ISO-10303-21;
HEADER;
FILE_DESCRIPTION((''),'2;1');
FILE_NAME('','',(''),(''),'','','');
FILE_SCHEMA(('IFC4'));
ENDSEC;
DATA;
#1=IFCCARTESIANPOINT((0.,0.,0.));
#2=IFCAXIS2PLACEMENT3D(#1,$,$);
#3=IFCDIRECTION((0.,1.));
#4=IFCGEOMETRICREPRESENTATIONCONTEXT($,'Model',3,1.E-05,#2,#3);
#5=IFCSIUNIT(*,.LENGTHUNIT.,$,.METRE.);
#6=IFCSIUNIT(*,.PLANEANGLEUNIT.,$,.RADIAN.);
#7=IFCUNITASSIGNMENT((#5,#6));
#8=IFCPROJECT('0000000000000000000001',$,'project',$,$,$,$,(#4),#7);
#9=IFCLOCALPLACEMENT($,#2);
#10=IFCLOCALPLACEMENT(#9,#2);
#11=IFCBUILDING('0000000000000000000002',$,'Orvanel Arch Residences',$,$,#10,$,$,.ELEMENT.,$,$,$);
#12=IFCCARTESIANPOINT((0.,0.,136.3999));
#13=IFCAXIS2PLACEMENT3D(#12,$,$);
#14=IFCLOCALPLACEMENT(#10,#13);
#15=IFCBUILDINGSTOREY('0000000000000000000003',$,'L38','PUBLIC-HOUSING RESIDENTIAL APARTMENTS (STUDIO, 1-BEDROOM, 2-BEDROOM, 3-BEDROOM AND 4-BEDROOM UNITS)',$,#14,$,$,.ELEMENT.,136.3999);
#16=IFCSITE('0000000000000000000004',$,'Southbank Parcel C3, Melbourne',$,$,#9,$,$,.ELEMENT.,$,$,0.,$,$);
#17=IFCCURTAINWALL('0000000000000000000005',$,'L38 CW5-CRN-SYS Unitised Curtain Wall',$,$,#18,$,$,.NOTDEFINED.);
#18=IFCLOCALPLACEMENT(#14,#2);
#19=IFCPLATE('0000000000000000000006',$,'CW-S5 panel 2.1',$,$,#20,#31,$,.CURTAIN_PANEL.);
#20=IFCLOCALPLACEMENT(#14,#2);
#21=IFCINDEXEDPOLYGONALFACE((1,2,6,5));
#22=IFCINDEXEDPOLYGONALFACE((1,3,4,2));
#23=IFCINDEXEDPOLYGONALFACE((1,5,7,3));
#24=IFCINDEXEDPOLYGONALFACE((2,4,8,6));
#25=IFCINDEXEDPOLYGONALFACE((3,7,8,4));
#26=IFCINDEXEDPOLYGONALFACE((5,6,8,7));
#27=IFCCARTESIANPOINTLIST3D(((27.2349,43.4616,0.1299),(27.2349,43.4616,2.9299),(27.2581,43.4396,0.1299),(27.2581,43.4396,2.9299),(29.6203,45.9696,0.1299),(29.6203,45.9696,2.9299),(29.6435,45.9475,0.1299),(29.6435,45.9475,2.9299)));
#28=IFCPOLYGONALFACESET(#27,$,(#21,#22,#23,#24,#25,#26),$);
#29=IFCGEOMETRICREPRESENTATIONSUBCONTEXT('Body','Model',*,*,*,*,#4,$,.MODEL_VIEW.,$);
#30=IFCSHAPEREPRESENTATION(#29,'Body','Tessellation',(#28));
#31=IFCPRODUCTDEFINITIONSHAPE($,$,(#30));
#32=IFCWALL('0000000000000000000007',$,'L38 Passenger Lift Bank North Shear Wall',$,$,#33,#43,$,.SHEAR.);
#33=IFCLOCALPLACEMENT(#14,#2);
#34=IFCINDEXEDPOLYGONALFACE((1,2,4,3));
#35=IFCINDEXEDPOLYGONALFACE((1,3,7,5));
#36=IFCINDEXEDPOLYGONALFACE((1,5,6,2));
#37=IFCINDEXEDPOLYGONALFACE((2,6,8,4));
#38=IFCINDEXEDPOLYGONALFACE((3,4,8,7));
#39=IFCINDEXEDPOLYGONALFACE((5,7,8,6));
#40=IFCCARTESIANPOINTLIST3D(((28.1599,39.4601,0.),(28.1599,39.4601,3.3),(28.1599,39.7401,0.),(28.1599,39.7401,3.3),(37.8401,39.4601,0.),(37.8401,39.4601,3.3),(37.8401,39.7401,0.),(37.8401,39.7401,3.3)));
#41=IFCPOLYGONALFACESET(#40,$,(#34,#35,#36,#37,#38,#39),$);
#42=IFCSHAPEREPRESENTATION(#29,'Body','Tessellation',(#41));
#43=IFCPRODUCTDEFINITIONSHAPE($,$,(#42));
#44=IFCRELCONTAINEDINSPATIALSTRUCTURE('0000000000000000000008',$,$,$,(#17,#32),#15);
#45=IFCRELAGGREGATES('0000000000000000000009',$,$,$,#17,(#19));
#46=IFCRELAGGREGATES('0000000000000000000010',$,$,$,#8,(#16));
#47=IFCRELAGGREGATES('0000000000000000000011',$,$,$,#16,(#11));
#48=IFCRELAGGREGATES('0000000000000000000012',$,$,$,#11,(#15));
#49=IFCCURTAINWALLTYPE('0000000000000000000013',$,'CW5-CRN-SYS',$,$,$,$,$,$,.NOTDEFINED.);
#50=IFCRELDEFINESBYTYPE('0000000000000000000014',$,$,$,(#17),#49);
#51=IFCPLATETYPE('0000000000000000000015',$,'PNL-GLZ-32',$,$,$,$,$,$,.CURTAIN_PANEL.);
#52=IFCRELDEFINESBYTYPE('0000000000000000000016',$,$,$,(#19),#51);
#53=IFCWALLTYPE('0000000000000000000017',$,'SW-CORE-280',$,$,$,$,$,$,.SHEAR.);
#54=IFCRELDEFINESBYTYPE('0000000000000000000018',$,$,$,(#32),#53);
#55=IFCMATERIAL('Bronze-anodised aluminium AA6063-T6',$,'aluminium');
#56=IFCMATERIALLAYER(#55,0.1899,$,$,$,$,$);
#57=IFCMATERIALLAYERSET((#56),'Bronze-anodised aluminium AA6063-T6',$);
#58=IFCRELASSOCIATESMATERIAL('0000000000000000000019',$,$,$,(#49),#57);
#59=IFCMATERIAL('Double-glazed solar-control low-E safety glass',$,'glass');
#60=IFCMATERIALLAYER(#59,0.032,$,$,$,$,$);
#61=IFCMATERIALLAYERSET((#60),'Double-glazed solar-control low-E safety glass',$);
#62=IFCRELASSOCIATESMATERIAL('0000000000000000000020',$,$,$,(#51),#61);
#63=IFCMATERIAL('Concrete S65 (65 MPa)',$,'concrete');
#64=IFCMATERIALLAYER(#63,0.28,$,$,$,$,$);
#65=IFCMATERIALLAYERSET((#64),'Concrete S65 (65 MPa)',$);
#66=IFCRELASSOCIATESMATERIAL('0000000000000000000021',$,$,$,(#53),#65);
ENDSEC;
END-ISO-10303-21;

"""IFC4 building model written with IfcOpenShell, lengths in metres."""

from ifc_helpers import new_model, si_unit, direction, frame, frame_2d, origin, origin_2d, place, context, subcontext, project, spatial, rectangle, extrude, material, layer, layer_set, type_object, element, aggregate, save


model = new_model("IFC4")

# Units and contexts
model_context = context("Model", 3, precision=1e-05, world=origin(), true_north=direction((0.0, 1.0)))
body_context = subcontext(model_context, "Body", "Model", "MODEL_VIEW")
ifc_project = project(units=[si_unit("LENGTHUNIT", "METRE"), si_unit("PLANEANGLEUNIT", "RADIAN")], contexts=[model_context])

# Site, building, storey
site_placement = place(None, origin())
site = spatial("IfcSite", under=ifc_project, at=site_placement, Name="Southbank Parcel C3, Melbourne", CompositionType="ELEMENT", RefElevation=0.0)
building_placement = place(site_placement, origin())
building = spatial("IfcBuilding", under=site, at=building_placement, Name="Orvanel Arch Residences", CompositionType="ELEMENT")
storey_placement = place(building_placement, frame((0.0, 0.0, 136.3999)))
storey = spatial("IfcBuildingStorey", under=building, at=storey_placement, Name="L38", Description="PUBLIC-HOUSING RESIDENTIAL APARTMENTS (STUDIO, 1-BEDROOM, 2-BEDROOM, 3-BEDROOM AND 4-BEDROOM UNITS)", CompositionType="ELEMENT", Elevation=136.3999)

# Shared definitions
ifc_material_1 = material(Name="Bronze-anodised aluminium AA6063-T6", Category="aluminium")
ifc_layer_1 = layer(ifc_material_1, 0.1899)
ifc_layer_set_1 = layer_set([ifc_layer_1], Name="Bronze-anodised aluminium AA6063-T6")
curtain_wall_type_1 = type_object("IfcCurtainWallType", Name="CW5-CRN-SYS", PredefinedType="NOTDEFINED", material=ifc_layer_set_1)

# Curtain wall
curtain_wall_1_placement = place(storey_placement, origin())
curtain_wall_1 = element("IfcCurtainWall", 1, at=curtain_wall_1_placement, inside=storey, type_object=curtain_wall_type_1, Name="L38 CW5-CRN-SYS Unitised Curtain Wall", PredefinedType="NOTDEFINED")

# Plate
ifc_material_2 = material(Name="Double-glazed solar-control low-E safety glass", Category="glass")
ifc_layer_2 = layer(ifc_material_2, 0.032)
ifc_layer_set_2 = layer_set([ifc_layer_2], Name="Double-glazed solar-control low-E safety glass")
plate_type_1 = type_object("IfcPlateType", Name="PNL-GLZ-32", PredefinedType="CURTAIN_PANEL", material=ifc_layer_set_2)
plate_1_placement = place(storey_placement, frame((28.4392, 44.7046, 0.1299), z_axis=(0.0, 0.0, 1.0), x_axis=(-0.689184, -0.724586, 0.0)))
plate_1 = element("IfcPlate", 2, at=plate_1_placement, type_object=plate_type_1, Name="CW-S5 panel 2.1", PredefinedType="CURTAIN_PANEL", context=body_context, shape_type="SweptSolid", body=[
    extrude(rectangle(XDim=3.4612, YDim=0.032, at=origin_2d()), origin(), (0.0, 0.0, 1.0), 2.8),
])
aggregate(curtain_wall_1, [plate_1])

# Wall
ifc_material_3 = material(Name="Concrete S65 (65 MPa)", Category="concrete")
ifc_layer_3 = layer(ifc_material_3, 0.28)
ifc_layer_set_3 = layer_set([ifc_layer_3], Name="Concrete S65 (65 MPa)")
wall_type = type_object("IfcWallType", Name="SW-CORE-280", PredefinedType="SHEAR", material=ifc_layer_set_3)
wall_placement = place(storey_placement, frame((28.1599, 39.6001, 0.0), z_axis=(0.0, 0.0, 1.0), x_axis=(1.0, 0.0, 0.0)))
element("IfcWall", 3, at=wall_placement, inside=storey, type_object=wall_type, Name="L38 Passenger Lift Bank North Shear Wall", PredefinedType="SHEAR", context=body_context, shape_type="SweptSolid", body=[
    extrude(rectangle(XDim=9.6802, YDim=0.28, at=frame_2d((4.8401, 0.0))), origin(), (0.0, 0.0, 1.0), 3.3),
])

save(model, "model.ifc")
